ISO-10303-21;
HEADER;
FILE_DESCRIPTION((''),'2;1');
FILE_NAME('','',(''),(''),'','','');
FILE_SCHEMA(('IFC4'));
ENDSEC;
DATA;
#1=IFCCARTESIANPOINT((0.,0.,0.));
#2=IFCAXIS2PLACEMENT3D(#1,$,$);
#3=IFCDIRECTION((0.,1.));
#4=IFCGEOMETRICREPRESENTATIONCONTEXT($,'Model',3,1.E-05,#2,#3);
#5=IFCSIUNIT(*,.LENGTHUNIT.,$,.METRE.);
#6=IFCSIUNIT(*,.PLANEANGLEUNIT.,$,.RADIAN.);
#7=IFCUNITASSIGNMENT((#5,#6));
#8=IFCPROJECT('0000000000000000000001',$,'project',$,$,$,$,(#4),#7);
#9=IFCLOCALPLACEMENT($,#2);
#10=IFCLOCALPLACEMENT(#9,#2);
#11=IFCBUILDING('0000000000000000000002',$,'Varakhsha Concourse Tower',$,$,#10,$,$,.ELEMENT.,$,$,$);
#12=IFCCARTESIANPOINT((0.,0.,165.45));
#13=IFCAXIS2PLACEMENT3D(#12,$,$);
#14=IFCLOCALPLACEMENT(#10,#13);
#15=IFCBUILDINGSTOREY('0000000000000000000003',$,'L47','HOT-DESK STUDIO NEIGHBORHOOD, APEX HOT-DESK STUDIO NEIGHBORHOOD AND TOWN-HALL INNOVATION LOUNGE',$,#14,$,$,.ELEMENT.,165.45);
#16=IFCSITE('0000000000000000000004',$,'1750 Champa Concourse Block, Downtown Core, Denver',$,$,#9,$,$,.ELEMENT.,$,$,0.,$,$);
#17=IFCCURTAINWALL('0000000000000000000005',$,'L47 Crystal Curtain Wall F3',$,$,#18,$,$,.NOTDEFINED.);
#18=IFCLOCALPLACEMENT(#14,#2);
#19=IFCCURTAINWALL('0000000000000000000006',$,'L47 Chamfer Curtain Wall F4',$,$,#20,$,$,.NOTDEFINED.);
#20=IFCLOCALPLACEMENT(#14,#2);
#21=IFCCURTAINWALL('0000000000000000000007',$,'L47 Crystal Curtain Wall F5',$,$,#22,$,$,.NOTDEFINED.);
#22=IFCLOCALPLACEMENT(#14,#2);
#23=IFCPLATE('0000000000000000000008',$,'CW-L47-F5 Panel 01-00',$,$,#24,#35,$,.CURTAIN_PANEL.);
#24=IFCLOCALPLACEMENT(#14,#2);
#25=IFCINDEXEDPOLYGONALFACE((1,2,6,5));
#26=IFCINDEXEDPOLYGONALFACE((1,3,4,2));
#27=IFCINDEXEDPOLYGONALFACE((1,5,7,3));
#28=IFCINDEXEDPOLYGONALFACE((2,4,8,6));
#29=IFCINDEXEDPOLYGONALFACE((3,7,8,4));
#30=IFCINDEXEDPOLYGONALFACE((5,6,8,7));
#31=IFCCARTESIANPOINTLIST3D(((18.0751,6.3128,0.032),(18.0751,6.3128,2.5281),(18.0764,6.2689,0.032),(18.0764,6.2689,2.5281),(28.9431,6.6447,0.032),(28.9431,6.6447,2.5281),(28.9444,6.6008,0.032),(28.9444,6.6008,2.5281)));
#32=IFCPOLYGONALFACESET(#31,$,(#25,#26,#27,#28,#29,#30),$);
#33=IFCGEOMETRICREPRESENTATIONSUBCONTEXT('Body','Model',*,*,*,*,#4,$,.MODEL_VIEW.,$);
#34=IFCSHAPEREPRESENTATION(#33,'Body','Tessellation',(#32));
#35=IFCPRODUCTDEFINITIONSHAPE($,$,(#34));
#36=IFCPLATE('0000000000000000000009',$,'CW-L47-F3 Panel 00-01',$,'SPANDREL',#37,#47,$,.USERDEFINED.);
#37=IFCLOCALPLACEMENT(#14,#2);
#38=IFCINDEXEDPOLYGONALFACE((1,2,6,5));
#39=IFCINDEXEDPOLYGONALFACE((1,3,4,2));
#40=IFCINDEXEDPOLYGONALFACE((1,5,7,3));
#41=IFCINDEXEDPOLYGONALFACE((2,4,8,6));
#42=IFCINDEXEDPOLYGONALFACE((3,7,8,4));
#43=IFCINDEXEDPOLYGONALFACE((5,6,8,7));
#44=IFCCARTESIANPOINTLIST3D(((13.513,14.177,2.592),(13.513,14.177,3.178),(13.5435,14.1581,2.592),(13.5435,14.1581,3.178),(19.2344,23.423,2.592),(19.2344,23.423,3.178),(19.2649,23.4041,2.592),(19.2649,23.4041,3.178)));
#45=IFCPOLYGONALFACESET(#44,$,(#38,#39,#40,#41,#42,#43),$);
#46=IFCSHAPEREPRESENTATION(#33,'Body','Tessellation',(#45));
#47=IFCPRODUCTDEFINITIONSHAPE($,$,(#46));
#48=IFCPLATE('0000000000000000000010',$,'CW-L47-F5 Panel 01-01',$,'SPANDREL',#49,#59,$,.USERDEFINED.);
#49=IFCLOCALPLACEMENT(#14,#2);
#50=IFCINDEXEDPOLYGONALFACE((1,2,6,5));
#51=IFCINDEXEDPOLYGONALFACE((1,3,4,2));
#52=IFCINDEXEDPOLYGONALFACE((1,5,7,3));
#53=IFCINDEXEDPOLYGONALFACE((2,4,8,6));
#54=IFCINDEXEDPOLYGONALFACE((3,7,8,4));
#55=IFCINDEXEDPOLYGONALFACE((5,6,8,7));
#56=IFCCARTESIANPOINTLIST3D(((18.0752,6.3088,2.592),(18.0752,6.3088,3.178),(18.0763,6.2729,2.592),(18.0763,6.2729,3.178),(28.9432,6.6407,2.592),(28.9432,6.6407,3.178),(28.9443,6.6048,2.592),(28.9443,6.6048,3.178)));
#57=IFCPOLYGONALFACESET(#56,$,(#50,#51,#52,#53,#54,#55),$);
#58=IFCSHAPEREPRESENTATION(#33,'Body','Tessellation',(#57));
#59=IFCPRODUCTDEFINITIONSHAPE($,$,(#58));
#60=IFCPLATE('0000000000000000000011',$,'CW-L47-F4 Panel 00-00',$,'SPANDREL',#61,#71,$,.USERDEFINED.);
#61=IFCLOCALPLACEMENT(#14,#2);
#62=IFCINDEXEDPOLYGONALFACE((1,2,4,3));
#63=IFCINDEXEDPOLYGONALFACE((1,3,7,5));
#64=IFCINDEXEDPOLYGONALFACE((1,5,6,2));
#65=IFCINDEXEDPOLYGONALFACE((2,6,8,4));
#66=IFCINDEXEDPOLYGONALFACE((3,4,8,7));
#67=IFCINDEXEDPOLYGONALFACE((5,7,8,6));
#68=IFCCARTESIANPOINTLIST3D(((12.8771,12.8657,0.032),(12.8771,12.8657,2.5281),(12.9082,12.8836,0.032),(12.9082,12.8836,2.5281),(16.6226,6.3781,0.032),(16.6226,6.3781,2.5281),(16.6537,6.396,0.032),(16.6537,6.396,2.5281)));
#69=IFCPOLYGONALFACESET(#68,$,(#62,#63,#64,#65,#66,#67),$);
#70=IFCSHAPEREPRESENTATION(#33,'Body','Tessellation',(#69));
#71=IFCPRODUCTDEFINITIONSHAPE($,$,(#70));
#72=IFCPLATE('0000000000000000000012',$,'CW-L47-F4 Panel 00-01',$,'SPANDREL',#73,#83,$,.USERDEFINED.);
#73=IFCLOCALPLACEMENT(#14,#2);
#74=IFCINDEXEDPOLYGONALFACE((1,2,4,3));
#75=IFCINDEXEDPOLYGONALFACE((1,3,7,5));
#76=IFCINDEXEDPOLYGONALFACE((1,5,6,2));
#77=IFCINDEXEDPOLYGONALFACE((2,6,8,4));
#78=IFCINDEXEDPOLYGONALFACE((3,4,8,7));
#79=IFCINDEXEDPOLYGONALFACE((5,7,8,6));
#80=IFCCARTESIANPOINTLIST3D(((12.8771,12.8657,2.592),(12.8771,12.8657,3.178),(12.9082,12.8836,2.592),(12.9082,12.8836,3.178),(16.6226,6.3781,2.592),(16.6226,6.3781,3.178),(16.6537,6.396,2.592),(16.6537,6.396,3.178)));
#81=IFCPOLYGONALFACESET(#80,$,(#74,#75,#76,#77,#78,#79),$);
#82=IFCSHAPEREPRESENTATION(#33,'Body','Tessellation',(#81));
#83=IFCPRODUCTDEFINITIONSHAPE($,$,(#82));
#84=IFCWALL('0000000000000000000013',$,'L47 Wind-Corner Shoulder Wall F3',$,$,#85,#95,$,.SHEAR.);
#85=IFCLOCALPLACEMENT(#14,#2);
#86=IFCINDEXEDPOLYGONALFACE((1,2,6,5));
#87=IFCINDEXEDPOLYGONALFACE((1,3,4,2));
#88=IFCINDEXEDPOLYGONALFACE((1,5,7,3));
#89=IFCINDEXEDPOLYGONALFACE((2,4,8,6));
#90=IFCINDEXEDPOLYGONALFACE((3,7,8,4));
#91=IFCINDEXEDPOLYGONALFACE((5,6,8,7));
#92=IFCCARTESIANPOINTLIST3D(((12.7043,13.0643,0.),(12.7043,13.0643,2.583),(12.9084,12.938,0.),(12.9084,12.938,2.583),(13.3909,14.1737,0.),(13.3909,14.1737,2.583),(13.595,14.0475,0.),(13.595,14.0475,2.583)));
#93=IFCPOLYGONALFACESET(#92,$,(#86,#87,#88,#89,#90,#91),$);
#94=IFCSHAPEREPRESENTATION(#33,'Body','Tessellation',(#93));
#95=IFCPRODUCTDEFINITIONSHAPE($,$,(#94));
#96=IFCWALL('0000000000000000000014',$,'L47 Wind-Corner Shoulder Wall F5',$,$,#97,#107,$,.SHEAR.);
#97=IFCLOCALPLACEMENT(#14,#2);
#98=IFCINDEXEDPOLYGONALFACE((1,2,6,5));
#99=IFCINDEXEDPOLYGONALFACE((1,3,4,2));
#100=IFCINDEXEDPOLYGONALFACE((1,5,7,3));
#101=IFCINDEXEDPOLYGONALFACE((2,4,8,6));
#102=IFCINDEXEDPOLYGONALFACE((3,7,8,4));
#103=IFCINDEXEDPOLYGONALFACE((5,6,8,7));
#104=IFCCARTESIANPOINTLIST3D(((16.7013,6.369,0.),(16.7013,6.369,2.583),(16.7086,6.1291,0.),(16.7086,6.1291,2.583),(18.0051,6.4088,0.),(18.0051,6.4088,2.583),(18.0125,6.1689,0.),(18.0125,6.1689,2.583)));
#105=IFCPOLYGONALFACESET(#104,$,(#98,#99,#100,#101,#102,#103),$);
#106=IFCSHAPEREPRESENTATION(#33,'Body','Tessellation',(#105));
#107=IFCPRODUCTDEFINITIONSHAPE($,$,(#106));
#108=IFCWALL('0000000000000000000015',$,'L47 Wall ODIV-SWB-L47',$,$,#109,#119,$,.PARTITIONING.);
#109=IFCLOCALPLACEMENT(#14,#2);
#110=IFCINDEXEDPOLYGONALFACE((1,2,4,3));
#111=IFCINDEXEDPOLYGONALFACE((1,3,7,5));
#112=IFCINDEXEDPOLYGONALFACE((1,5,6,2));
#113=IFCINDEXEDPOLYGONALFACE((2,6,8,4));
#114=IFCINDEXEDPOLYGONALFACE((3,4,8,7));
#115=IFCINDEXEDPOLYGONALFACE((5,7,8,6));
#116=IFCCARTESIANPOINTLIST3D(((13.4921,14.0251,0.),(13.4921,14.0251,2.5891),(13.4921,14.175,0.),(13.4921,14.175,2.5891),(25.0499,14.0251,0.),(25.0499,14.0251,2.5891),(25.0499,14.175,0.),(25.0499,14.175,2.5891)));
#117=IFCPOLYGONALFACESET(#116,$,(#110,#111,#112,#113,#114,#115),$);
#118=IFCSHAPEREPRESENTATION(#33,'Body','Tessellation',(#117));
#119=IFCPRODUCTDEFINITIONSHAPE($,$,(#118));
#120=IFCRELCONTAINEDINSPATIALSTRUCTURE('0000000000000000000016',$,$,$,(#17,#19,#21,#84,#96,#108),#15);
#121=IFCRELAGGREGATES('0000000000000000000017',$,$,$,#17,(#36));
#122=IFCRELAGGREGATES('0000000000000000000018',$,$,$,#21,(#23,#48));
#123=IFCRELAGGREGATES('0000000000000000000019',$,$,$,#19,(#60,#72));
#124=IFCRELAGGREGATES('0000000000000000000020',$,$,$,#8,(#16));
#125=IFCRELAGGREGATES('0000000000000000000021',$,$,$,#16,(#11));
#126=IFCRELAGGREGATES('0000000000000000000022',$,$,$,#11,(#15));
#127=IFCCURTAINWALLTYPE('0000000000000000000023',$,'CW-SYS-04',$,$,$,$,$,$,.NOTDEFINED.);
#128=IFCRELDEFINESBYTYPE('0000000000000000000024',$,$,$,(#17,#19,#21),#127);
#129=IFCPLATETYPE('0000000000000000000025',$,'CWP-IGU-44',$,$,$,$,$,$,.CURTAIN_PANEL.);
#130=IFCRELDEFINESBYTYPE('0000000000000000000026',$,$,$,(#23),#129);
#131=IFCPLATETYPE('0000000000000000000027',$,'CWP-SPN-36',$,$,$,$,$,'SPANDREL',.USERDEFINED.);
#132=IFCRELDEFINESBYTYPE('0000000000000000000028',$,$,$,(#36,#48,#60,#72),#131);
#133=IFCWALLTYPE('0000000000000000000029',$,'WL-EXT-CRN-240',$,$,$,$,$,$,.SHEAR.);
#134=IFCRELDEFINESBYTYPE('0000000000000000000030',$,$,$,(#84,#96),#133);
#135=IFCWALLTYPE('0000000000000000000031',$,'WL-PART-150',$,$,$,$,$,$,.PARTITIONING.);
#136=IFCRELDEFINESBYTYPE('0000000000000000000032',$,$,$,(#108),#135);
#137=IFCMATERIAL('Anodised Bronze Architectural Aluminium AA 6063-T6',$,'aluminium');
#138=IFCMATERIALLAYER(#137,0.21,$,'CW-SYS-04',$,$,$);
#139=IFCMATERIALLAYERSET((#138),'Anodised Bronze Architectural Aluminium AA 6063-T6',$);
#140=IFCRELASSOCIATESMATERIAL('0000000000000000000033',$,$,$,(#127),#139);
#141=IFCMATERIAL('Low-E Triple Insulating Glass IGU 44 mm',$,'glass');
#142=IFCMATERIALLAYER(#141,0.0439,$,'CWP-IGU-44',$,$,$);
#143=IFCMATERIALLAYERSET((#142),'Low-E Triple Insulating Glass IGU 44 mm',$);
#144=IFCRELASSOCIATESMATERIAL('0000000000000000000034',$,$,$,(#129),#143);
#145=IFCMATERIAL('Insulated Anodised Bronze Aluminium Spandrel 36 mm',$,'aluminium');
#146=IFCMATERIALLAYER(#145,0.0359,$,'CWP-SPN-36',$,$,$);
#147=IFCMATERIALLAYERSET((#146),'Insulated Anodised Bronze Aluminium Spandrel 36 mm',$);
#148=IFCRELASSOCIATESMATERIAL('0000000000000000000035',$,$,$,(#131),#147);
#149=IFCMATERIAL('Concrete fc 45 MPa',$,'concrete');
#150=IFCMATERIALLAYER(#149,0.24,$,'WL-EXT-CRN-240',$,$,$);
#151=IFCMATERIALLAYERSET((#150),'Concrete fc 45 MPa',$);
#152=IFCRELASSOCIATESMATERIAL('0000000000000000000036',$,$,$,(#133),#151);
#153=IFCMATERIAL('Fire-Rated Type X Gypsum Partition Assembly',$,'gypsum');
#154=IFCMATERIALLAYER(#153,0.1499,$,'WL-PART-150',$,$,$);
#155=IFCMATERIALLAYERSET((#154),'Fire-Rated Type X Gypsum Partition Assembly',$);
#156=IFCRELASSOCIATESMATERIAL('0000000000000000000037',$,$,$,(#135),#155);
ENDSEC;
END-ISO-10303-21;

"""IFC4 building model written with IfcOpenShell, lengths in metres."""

from ifc_helpers import new_model, si_unit, direction, frame, frame_2d, origin, origin_2d, place, context, subcontext, project, spatial, rectangle, extrude, source, transform, mapped, material, layer, layer_set, type_object, type_shapes, element, aggregate, save


model = new_model("IFC4")

# Units and contexts
model_context = context("Model", 3, precision=1e-05, world=origin(), true_north=direction((0.0, 1.0)))
body_context = subcontext(model_context, "Body", "Model", "MODEL_VIEW")
ifc_project = project(units=[si_unit("LENGTHUNIT", "METRE"), si_unit("PLANEANGLEUNIT", "RADIAN")], contexts=[model_context])

# Site, building, storey
site_placement = place(None, origin())
site = spatial("IfcSite", under=ifc_project, at=site_placement, Name="1750 Champa Concourse Block, Downtown Core, Denver", CompositionType="ELEMENT", RefElevation=0.0)
building_placement = place(site_placement, origin())
building = spatial("IfcBuilding", under=site, at=building_placement, Name="Varakhsha Concourse Tower", CompositionType="ELEMENT")
storey_placement = place(building_placement, frame((0.0, 0.0, 165.45)))
storey = spatial("IfcBuildingStorey", under=building, at=storey_placement, Name="L47", Description="HOT-DESK STUDIO NEIGHBORHOOD, APEX HOT-DESK STUDIO NEIGHBORHOOD AND TOWN-HALL INNOVATION LOUNGE", CompositionType="ELEMENT", Elevation=165.45)

# Curtain wall
ifc_material_1 = material(Name="Anodised Bronze Architectural Aluminium AA 6063-T6", Category="aluminium")
ifc_layer_1 = layer(ifc_material_1, 0.21, Name="CW-SYS-04")
ifc_layer_set_1 = layer_set([ifc_layer_1], Name="Anodised Bronze Architectural Aluminium AA 6063-T6")
curtain_wall_type = type_object("IfcCurtainWallType", Name="CW-SYS-04", PredefinedType="NOTDEFINED", material=ifc_layer_set_1)
curtain_wall_1_placement = place(storey_placement, origin())
curtain_wall_1 = element("IfcCurtainWall", 1, at=curtain_wall_1_placement, inside=storey, type_object=curtain_wall_type, Name="L47 Crystal Curtain Wall F3", PredefinedType="NOTDEFINED")

# Curtain wall
curtain_wall_2_placement = place(storey_placement, origin())
curtain_wall_2 = element("IfcCurtainWall", 2, at=curtain_wall_2_placement, inside=storey, type_object=curtain_wall_type, Name="L47 Chamfer Curtain Wall F4", PredefinedType="NOTDEFINED")

# Curtain wall
curtain_wall_3_placement = place(storey_placement, origin())
curtain_wall_3 = element("IfcCurtainWall", 3, at=curtain_wall_3_placement, inside=storey, type_object=curtain_wall_type, Name="L47 Crystal Curtain Wall F5", PredefinedType="NOTDEFINED")

# Shared definitions
ifc_material_2 = material(Name="Concrete fc 45 MPa", Category="concrete")

# Plates
ifc_material_3 = material(Name="Low-E Triple Insulating Glass IGU 44 mm", Category="glass")
ifc_layer_2 = layer(ifc_material_3, 0.0439, Name="CWP-IGU-44")
ifc_layer_set_2 = layer_set([ifc_layer_2], Name="Low-E Triple Insulating Glass IGU 44 mm")
plate_type_1 = type_object("IfcPlateType", Name="CWP-IGU-44", PredefinedType="CURTAIN_PANEL", material=ifc_layer_set_2)
shared_shape_1 = source(origin(), body_context, "Body", "SweptSolid", [
    extrude(rectangle(XDim=10.873, YDim=0.0439, at=origin_2d()), origin(), (0.0, 0.0, 1.0), 2.4961),
])
type_shapes(plate_type_1, [shared_shape_1])
plate_1_placement = place(storey_placement, frame((23.5098, 6.4568, 0.032), z_axis=(0.0, 0.0, 1.0), x_axis=(-0.999534, -0.030525, 0.0)))
plate_1 = element("IfcPlate", 4, at=plate_1_placement, type_object=plate_type_1, Name="CW-L47-F5 Panel 01-00", PredefinedType="CURTAIN_PANEL", context=body_context, shape_type="MappedRepresentation", body=[
    mapped(shared_shape_1, transform((0.0, 0.0, 0.0), scale=1.0)),
])
ifc_material_4 = material(Name="Insulated Anodised Bronze Aluminium Spandrel 36 mm", Category="aluminium")
ifc_layer_3 = layer(ifc_material_4, 0.0359, Name="CWP-SPN-36")
ifc_layer_set_3 = layer_set([ifc_layer_3], Name="Insulated Anodised Bronze Aluminium Spandrel 36 mm")
plate_type_2 = type_object("IfcPlateType", Name="CWP-SPN-36", ElementType="SPANDREL", PredefinedType="USERDEFINED", material=ifc_layer_set_3)
shared_shape_2 = source(origin(), body_context, "Body", "SweptSolid", [
    extrude(rectangle(XDim=10.873, YDim=0.0359, at=origin_2d()), origin(), (0.0, 0.0, 1.0), 0.5859),
])
plate_2_placement = place(storey_placement, frame((16.3889, 18.7905, 2.592), z_axis=(0.0, 0.0, 1.0), x_axis=(0.526199, 0.850361, 0.0)))
plate_2 = element("IfcPlate", 5, at=plate_2_placement, type_object=plate_type_2, Name="CW-L47-F3 Panel 00-01", ObjectType="SPANDREL", PredefinedType="USERDEFINED", context=body_context, shape_type="MappedRepresentation", body=[
    mapped(shared_shape_2, transform((0.0, 0.0, 0.0), scale=1.0)),
])
aggregate(curtain_wall_1, [plate_2])
plate_3_placement = place(storey_placement, frame((23.5098, 6.4568, 2.592), z_axis=(0.0, 0.0, 1.0), x_axis=(-0.999534, -0.030525, 0.0)))
plate_3 = element("IfcPlate", 6, at=plate_3_placement, type_object=plate_type_2, Name="CW-L47-F5 Panel 01-01", ObjectType="SPANDREL", PredefinedType="USERDEFINED", context=body_context, shape_type="MappedRepresentation", body=[
    mapped(shared_shape_2, transform((0.0, 0.0, 0.0), scale=1.0)),
])
aggregate(curtain_wall_3, [plate_1, plate_3])
shared_shape_3 = source(origin(), body_context, "Body", "SweptSolid", [
    extrude(rectangle(XDim=7.4912, YDim=0.0359, at=origin_2d()), origin(), (0.0, 0.0, 1.0), 2.4961),
])
plate_4_placement = place(storey_placement, frame((14.7654, 9.6309, 0.032), z_axis=(0.0, 0.0, 1.0), x_axis=(-0.499991, 0.866031, 0.0)))
plate_4 = element("IfcPlate", 7, at=plate_4_placement, type_object=plate_type_2, Name="CW-L47-F4 Panel 00-00", ObjectType="SPANDREL", PredefinedType="USERDEFINED", context=body_context, shape_type="MappedRepresentation", body=[
    mapped(shared_shape_3, transform((0.0, 0.0, 0.0), scale=1.0)),
])
shared_shape_4 = source(origin(), body_context, "Body", "SweptSolid", [
    extrude(rectangle(XDim=7.4912, YDim=0.0359, at=origin_2d()), origin(), (0.0, 0.0, 1.0), 0.5859),
])
type_shapes(plate_type_2, [shared_shape_2, shared_shape_3, shared_shape_4])
plate_5_placement = place(storey_placement, frame((14.7654, 9.6309, 2.592), z_axis=(0.0, 0.0, 1.0), x_axis=(-0.499991, 0.866031, 0.0)))
plate_5 = element("IfcPlate", 8, at=plate_5_placement, type_object=plate_type_2, Name="CW-L47-F4 Panel 00-01", ObjectType="SPANDREL", PredefinedType="USERDEFINED", context=body_context, shape_type="MappedRepresentation", body=[
    mapped(shared_shape_4, transform((0.0, 0.0, 0.0), scale=1.0)),
])
aggregate(curtain_wall_2, [plate_4, plate_5])

# Walls
ifc_layer_4 = layer(ifc_material_2, 0.24, Name="WL-EXT-CRN-240")
ifc_layer_set_4 = layer_set([ifc_layer_4], Name="Concrete fc 45 MPa")
wall_type_1 = type_object("IfcWallType", Name="WL-EXT-CRN-240", PredefinedType="SHEAR", material=ifc_layer_set_4)
wall_1_placement = place(storey_placement, frame((13.4929, 14.1106, 0.0), z_axis=(0.0, 0.0, 1.0), x_axis=(-0.526226, -0.850345, 0.0)))
element("IfcWall", 9, at=wall_1_placement, inside=storey, type_object=wall_type_1, Name="L47 Wind-Corner Shoulder Wall F3", PredefinedType="SHEAR", context=body_context, shape_type="SweptSolid", body=[
    extrude(rectangle(XDim=1.3047, YDim=0.24, at=frame_2d((0.6523, 0.0))), origin(), (0.0, 0.0, 1.0), 2.583),
])
wall_2_placement = place(storey_placement, frame((16.7048, 6.249, 0.0), z_axis=(0.0, 0.0, 1.0), x_axis=(0.999535, 0.030504, 0.0)))
element("IfcWall", 10, at=wall_2_placement, inside=storey, type_object=wall_type_1, Name="L47 Wind-Corner Shoulder Wall F5", PredefinedType="SHEAR", context=body_context, shape_type="SweptSolid", body=[
    extrude(rectangle(XDim=1.3044, YDim=0.24, at=frame_2d((0.6523, 0.0))), origin(), (0.0, 0.0, 1.0), 2.583),
])
ifc_material_5 = material(Name="Fire-Rated Type X Gypsum Partition Assembly", Category="gypsum")
ifc_layer_5 = layer(ifc_material_5, 0.1499, Name="WL-PART-150")
ifc_layer_set_5 = layer_set([ifc_layer_5], Name="Fire-Rated Type X Gypsum Partition Assembly")
wall_type_2 = type_object("IfcWallType", Name="WL-PART-150", PredefinedType="PARTITIONING", material=ifc_layer_set_5)
wall_3_placement = place(storey_placement, frame((13.4922, 14.1001, 0.0), z_axis=(0.0, 0.0, 1.0), x_axis=(1.0, 0.0, 0.0)))
element("IfcWall", 11, at=wall_3_placement, inside=storey, type_object=wall_type_2, Name="L47 Wall ODIV-SWB-L47", PredefinedType="PARTITIONING", context=body_context, shape_type="SweptSolid", body=[
    extrude(rectangle(XDim=11.5579, YDim=0.1499, at=frame_2d((5.7788, 0.0))), origin(), (0.0, 0.0, 1.0), 2.5891),
])

save(model, "model.ifc")
